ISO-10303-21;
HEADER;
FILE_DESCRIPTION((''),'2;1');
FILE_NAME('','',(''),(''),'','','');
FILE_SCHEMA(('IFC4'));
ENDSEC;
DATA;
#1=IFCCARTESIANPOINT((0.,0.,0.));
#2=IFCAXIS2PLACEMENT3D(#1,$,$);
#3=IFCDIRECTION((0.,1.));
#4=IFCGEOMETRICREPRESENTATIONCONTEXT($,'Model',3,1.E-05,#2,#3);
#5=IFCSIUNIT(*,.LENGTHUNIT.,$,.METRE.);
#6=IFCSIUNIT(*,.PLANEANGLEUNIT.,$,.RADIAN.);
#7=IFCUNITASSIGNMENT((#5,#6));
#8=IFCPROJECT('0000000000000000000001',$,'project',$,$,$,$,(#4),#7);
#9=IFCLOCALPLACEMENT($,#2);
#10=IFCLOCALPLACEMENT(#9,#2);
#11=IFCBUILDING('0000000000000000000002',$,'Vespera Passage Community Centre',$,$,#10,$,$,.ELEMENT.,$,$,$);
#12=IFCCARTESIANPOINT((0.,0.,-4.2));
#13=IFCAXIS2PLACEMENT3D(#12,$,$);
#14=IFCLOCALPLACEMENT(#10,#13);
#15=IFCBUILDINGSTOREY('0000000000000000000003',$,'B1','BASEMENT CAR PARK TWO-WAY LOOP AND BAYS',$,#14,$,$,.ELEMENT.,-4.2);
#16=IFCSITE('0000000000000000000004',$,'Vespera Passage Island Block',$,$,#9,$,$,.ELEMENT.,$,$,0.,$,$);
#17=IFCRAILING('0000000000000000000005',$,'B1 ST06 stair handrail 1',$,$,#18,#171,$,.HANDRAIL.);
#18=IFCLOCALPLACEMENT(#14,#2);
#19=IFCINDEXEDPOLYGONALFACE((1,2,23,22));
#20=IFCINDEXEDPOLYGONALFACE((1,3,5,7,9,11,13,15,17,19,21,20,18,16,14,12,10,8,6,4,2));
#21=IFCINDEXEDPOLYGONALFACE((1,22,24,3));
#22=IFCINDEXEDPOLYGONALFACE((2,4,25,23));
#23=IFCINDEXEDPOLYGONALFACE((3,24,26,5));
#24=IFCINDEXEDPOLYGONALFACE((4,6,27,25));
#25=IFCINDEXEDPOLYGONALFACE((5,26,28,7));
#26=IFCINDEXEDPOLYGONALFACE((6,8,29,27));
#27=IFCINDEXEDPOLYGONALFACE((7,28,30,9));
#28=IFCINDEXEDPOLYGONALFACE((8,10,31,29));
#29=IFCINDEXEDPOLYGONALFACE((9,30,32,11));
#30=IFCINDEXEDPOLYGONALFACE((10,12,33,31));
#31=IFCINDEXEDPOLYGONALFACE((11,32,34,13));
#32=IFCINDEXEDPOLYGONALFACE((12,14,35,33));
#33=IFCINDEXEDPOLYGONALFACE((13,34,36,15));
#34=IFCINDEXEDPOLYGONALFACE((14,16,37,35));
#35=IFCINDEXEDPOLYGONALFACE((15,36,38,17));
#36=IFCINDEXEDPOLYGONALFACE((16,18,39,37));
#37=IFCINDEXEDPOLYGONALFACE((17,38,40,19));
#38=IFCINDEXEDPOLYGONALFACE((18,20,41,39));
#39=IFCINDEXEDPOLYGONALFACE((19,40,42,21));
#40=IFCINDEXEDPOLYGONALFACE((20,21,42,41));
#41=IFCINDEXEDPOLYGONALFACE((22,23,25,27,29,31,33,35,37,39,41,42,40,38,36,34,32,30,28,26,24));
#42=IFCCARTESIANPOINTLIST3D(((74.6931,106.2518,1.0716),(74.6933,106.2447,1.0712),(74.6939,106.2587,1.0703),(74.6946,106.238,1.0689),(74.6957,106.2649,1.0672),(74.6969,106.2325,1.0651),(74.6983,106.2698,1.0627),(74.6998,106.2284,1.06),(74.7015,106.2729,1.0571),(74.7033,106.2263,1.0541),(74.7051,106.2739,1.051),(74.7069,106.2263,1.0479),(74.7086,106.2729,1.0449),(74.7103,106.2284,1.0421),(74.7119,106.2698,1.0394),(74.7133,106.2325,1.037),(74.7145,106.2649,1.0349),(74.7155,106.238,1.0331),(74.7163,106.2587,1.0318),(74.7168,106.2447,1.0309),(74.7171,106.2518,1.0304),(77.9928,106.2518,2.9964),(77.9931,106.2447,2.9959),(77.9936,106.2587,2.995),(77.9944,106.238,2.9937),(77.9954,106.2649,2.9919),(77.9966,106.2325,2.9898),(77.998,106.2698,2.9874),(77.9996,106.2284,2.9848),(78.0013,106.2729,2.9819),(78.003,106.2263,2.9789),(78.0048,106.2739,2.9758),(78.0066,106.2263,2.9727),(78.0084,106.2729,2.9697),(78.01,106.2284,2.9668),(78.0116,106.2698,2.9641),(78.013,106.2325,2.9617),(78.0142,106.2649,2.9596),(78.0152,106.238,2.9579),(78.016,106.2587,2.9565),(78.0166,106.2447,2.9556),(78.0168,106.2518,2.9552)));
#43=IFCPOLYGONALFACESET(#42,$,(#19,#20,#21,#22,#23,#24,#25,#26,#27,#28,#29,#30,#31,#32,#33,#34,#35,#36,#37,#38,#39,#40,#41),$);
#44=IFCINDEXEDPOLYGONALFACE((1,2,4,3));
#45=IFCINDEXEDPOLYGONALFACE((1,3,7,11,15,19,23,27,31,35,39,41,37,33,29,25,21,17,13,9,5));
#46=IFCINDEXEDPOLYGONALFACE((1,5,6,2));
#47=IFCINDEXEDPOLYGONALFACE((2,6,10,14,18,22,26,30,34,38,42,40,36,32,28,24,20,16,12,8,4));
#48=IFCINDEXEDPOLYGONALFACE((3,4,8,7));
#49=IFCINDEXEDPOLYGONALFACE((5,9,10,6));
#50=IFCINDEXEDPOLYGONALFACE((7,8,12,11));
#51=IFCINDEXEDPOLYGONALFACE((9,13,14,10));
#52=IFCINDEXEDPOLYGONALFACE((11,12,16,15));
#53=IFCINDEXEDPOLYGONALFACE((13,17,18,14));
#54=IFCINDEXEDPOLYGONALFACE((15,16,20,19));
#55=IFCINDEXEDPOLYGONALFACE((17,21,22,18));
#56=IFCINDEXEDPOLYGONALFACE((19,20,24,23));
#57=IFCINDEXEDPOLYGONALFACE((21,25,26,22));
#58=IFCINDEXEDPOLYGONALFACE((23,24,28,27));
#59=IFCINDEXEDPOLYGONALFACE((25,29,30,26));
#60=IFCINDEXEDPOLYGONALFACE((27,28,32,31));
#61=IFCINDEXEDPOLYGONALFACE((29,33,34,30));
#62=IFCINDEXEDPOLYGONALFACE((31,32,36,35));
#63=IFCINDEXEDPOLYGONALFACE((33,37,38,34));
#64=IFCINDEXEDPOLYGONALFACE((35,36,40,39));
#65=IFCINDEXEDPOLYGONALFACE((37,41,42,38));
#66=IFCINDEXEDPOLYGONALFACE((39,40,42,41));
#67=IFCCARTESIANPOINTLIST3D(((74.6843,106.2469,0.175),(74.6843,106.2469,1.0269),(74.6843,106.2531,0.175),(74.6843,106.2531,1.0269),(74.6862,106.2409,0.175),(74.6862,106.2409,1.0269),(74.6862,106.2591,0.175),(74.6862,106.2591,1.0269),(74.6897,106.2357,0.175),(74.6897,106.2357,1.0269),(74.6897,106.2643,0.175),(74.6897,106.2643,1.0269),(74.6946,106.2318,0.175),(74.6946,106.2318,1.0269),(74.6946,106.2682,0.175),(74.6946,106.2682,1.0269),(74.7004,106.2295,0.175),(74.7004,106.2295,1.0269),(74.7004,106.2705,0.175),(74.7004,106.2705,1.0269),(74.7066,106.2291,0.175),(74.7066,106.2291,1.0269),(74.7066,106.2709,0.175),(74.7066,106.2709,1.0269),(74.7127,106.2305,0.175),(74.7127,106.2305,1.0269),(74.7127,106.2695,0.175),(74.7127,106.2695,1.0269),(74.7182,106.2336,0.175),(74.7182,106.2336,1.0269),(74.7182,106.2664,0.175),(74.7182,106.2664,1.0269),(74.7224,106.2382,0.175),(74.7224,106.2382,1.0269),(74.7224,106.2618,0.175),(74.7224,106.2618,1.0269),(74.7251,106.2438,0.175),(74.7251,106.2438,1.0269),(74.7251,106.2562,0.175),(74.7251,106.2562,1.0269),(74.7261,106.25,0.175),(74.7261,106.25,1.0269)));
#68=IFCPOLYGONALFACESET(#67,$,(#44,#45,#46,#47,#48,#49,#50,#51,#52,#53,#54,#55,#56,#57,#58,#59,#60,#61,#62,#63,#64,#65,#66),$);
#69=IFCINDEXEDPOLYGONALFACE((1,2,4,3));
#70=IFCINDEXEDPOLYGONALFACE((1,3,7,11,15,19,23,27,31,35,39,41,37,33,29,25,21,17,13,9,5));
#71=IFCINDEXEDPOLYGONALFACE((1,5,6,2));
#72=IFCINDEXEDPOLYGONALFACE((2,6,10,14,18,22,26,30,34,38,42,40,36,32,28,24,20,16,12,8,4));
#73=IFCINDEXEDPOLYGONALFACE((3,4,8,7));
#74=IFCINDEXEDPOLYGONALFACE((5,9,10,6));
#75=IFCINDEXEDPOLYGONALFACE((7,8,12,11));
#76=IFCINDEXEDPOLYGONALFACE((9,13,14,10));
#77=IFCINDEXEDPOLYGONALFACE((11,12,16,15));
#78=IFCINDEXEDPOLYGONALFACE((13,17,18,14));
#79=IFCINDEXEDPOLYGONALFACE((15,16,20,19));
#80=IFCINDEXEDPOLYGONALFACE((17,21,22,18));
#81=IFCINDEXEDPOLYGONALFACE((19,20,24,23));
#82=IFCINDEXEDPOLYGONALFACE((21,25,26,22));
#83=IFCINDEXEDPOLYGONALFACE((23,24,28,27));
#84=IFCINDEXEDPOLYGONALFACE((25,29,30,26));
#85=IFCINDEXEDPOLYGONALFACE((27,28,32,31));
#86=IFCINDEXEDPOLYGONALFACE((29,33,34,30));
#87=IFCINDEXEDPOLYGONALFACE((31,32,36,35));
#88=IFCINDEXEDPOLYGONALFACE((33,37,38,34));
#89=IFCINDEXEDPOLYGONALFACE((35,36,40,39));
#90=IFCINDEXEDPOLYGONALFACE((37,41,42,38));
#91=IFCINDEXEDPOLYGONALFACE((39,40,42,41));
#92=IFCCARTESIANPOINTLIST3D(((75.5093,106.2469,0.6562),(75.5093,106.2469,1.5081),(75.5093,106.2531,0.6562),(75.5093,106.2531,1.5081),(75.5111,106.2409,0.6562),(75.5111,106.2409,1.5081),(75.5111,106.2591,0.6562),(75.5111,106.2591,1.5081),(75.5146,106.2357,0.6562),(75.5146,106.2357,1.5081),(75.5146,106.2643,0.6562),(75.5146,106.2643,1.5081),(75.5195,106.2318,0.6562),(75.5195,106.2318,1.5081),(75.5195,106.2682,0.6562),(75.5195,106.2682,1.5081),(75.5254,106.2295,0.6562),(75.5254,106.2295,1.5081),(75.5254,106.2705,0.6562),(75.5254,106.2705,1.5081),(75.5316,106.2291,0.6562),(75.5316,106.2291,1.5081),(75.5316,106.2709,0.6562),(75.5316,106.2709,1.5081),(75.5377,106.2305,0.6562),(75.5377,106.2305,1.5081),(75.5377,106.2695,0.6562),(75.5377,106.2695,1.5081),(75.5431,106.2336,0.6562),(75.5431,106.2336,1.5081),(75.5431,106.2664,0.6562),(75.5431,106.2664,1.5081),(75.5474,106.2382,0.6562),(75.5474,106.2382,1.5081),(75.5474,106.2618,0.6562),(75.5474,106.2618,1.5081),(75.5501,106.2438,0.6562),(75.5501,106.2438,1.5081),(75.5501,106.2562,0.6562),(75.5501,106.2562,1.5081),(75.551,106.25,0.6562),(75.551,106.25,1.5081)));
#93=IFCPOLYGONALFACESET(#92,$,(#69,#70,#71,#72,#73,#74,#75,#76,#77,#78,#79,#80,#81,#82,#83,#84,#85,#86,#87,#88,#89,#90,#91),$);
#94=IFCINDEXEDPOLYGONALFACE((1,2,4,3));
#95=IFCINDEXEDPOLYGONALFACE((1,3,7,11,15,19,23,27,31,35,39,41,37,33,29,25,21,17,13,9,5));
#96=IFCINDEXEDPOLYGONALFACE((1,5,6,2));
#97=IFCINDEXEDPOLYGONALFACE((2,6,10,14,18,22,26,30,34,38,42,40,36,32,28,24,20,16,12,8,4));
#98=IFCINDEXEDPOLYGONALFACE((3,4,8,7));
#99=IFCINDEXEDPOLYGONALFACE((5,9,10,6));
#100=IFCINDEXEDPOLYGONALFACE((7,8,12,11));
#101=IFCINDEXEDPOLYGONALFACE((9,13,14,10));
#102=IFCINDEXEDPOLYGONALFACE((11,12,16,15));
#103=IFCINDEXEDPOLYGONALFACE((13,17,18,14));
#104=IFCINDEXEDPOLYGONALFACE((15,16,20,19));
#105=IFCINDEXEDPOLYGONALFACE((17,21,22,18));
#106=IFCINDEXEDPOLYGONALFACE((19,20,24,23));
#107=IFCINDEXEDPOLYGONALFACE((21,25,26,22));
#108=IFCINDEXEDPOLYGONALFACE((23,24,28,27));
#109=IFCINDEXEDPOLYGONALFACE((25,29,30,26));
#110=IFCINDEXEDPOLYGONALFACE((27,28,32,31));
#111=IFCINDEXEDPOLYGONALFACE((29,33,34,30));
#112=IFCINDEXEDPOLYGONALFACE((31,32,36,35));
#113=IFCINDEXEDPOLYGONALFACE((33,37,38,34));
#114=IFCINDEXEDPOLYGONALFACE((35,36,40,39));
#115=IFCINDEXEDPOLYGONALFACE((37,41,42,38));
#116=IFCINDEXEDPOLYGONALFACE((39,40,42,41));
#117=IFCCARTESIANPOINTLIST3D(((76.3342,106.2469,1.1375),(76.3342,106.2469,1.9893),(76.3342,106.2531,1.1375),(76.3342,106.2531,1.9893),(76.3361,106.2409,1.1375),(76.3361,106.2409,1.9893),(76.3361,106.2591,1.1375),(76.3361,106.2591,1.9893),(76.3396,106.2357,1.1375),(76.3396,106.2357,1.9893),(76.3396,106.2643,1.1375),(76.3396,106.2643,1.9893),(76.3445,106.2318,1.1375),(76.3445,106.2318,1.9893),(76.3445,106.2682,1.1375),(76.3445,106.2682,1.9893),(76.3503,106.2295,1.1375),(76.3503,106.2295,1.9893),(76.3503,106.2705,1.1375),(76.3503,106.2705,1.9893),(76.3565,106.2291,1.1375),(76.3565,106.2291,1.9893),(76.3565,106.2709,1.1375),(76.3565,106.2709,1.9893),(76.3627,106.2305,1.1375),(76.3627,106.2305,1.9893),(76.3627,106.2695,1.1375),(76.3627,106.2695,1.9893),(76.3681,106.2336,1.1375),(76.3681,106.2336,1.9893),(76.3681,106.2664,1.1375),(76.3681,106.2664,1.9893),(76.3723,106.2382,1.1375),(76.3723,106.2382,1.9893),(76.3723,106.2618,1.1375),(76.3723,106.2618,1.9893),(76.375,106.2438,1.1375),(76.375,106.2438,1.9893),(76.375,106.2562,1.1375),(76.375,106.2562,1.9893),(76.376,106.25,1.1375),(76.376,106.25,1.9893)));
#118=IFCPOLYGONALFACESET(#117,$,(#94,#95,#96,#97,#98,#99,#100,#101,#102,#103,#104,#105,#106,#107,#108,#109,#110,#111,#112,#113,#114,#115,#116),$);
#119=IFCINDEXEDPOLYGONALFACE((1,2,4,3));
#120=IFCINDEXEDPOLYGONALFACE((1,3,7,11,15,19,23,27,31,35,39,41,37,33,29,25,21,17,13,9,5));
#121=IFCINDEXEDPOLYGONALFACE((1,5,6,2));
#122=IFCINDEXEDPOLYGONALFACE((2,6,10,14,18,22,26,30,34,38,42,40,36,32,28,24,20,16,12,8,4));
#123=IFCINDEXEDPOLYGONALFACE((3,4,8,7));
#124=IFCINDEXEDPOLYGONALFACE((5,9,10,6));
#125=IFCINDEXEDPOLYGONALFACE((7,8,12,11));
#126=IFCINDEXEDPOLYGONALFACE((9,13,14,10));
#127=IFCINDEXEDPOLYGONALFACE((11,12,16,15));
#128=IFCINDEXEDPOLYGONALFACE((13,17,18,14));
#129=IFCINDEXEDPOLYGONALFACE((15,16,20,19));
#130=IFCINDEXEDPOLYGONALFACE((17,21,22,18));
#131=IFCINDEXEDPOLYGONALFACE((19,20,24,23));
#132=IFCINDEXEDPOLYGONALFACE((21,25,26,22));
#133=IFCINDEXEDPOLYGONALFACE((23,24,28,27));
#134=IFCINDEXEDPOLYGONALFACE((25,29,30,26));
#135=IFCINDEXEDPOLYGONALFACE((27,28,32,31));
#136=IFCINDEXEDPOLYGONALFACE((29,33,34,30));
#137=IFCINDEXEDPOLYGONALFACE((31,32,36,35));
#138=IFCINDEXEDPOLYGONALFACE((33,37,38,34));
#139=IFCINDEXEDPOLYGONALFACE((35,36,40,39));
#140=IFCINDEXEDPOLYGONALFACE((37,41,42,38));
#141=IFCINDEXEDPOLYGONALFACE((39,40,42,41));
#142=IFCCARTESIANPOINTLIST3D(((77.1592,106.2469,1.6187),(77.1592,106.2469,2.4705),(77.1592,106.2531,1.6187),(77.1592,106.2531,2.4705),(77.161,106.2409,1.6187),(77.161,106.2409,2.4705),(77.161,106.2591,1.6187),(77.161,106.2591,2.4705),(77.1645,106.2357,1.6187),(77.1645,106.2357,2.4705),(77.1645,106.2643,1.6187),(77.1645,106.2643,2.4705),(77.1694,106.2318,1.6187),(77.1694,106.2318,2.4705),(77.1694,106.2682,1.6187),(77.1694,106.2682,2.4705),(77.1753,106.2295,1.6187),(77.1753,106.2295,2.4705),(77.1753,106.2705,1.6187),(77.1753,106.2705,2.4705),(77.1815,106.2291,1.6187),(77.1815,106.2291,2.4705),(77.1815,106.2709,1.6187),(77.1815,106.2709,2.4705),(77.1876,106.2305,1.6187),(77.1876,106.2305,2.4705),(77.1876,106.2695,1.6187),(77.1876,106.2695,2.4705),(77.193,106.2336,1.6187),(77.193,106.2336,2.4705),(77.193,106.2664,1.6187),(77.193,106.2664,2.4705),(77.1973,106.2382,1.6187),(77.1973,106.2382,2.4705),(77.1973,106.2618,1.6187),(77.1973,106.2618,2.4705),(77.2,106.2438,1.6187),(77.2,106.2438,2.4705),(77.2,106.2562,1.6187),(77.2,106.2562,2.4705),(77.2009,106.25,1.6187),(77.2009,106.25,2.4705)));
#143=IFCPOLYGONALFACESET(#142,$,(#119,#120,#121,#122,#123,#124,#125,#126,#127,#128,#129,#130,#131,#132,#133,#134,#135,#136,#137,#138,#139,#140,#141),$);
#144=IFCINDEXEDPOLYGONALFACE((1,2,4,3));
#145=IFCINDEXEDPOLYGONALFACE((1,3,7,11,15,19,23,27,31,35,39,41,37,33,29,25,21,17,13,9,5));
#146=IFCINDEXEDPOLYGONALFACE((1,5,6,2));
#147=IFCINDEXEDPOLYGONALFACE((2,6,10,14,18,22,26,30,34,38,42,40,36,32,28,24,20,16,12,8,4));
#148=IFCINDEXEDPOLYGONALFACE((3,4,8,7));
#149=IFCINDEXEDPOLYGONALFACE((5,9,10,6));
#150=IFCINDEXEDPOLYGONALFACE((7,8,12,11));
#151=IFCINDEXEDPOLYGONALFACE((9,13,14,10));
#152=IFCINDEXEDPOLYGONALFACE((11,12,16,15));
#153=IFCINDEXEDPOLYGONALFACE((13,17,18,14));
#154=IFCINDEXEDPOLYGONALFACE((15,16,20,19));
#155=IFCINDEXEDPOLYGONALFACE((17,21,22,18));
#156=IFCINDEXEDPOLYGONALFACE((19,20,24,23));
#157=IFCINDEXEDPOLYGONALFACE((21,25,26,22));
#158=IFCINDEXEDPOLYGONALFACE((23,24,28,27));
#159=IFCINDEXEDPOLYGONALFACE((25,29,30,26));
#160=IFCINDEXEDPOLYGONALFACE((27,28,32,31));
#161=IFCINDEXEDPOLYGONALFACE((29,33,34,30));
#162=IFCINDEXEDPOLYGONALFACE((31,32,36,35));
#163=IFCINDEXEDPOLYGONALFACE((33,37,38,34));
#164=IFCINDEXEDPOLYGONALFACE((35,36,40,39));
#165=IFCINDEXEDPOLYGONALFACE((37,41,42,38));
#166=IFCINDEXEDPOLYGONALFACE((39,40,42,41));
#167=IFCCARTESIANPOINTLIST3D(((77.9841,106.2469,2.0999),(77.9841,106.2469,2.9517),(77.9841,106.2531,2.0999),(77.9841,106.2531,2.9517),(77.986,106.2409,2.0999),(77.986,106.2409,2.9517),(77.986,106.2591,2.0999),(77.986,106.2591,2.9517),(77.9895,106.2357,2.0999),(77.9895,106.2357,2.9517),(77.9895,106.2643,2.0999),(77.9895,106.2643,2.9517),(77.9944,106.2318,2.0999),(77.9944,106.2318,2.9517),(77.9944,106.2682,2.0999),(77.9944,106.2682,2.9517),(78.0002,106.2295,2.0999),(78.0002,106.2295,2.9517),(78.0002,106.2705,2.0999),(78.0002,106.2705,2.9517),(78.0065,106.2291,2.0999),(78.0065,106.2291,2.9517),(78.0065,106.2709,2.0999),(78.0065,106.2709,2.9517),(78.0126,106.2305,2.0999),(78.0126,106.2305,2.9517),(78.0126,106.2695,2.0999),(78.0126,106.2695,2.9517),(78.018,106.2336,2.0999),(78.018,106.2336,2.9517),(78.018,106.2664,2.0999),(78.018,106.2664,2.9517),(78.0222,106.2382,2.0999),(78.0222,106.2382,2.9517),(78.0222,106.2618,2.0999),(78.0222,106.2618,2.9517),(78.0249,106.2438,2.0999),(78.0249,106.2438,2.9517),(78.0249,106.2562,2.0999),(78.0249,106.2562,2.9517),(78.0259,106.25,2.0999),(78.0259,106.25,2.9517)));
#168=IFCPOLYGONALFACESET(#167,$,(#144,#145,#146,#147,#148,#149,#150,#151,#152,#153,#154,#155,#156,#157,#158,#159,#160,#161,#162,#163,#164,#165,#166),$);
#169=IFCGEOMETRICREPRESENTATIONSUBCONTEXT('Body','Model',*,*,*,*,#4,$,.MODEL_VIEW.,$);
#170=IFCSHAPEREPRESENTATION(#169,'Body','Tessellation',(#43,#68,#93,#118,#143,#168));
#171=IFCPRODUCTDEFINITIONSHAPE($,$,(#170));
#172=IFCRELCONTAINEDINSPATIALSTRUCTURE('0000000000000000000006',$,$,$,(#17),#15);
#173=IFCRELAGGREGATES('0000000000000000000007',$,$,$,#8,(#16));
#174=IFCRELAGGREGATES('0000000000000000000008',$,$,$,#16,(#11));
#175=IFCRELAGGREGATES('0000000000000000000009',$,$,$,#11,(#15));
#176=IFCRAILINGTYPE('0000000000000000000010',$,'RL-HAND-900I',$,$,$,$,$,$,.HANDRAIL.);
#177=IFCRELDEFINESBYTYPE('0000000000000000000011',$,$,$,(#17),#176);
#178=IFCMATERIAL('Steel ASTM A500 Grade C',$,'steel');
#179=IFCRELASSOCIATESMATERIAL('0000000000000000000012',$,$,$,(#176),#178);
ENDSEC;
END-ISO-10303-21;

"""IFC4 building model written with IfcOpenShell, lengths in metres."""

from ifc_helpers import new_model, si_unit, direction, frame, origin, origin_2d, place, context, subcontext, project, spatial, circle, extrude, material, type_object, element, save


model = new_model("IFC4")

# Units and contexts
model_context = context("Model", 3, precision=1e-05, world=origin(), true_north=direction((0.0, 1.0)))
body_context = subcontext(model_context, "Body", "Model", "MODEL_VIEW")
ifc_project = project(units=[si_unit("LENGTHUNIT", "METRE"), si_unit("PLANEANGLEUNIT", "RADIAN")], contexts=[model_context])

# Site, building, storey
site_placement = place(None, origin())
site = spatial("IfcSite", under=ifc_project, at=site_placement, Name="Vespera Passage Island Block", CompositionType="ELEMENT", RefElevation=0.0)
building_placement = place(site_placement, origin())
building = spatial("IfcBuilding", under=site, at=building_placement, Name="Vespera Passage Community Centre", CompositionType="ELEMENT")
storey_placement = place(building_placement, frame((0.0, 0.0, -4.2)))
storey = spatial("IfcBuildingStorey", under=building, at=storey_placement, Name="B1", Description="BASEMENT CAR PARK TWO-WAY LOOP AND BAYS", CompositionType="ELEMENT", Elevation=-4.2)

# Railing
ifc_material_1 = material(Name="Steel ASTM A500 Grade C", Category="steel")
railing_type_1 = type_object("IfcRailingType", Name="RL-HAND-900I", PredefinedType="HANDRAIL", material=ifc_material_1)
railing_1_placement = place(storey_placement, frame((74.7051, 106.25, 0.175)))
element("IfcRailing", 1, at=railing_1_placement, inside=storey, type_object=railing_type_1, Name="B1 ST06 stair handrail 1", PredefinedType="HANDRAIL", context=body_context, shape_type="SweptSolid", body=[
    extrude(circle(Radius=0.0239, at=origin_2d()), frame((0.0, 0.0, 0.876), z_axis=(0.863788, 0.0, 0.503855), x_axis=(0.0, 1.0, 0.0)), (0.0, 0.0, 1.0), 3.8201),
    extrude(circle(Radius=0.021, at=origin_2d()), origin(), (0.0, 0.0, 1.0), 0.8518),
    extrude(circle(Radius=0.021, at=origin_2d()), frame((0.825, 0.0, 0.4812)), (0.0, 0.0, 1.0), 0.8518),
    extrude(circle(Radius=0.021, at=origin_2d()), frame((1.6499, 0.0, 0.9624)), (0.0, 0.0, 1.0), 0.8518),
    extrude(circle(Radius=0.021, at=origin_2d()), frame((2.4749, 0.0, 1.4436)), (0.0, 0.0, 1.0), 0.8518),
    extrude(circle(Radius=0.021, at=origin_2d()), frame((3.2998, 0.0, 1.9248)), (0.0, 0.0, 1.0), 0.8518),
])

save(model, "model.ifc")
